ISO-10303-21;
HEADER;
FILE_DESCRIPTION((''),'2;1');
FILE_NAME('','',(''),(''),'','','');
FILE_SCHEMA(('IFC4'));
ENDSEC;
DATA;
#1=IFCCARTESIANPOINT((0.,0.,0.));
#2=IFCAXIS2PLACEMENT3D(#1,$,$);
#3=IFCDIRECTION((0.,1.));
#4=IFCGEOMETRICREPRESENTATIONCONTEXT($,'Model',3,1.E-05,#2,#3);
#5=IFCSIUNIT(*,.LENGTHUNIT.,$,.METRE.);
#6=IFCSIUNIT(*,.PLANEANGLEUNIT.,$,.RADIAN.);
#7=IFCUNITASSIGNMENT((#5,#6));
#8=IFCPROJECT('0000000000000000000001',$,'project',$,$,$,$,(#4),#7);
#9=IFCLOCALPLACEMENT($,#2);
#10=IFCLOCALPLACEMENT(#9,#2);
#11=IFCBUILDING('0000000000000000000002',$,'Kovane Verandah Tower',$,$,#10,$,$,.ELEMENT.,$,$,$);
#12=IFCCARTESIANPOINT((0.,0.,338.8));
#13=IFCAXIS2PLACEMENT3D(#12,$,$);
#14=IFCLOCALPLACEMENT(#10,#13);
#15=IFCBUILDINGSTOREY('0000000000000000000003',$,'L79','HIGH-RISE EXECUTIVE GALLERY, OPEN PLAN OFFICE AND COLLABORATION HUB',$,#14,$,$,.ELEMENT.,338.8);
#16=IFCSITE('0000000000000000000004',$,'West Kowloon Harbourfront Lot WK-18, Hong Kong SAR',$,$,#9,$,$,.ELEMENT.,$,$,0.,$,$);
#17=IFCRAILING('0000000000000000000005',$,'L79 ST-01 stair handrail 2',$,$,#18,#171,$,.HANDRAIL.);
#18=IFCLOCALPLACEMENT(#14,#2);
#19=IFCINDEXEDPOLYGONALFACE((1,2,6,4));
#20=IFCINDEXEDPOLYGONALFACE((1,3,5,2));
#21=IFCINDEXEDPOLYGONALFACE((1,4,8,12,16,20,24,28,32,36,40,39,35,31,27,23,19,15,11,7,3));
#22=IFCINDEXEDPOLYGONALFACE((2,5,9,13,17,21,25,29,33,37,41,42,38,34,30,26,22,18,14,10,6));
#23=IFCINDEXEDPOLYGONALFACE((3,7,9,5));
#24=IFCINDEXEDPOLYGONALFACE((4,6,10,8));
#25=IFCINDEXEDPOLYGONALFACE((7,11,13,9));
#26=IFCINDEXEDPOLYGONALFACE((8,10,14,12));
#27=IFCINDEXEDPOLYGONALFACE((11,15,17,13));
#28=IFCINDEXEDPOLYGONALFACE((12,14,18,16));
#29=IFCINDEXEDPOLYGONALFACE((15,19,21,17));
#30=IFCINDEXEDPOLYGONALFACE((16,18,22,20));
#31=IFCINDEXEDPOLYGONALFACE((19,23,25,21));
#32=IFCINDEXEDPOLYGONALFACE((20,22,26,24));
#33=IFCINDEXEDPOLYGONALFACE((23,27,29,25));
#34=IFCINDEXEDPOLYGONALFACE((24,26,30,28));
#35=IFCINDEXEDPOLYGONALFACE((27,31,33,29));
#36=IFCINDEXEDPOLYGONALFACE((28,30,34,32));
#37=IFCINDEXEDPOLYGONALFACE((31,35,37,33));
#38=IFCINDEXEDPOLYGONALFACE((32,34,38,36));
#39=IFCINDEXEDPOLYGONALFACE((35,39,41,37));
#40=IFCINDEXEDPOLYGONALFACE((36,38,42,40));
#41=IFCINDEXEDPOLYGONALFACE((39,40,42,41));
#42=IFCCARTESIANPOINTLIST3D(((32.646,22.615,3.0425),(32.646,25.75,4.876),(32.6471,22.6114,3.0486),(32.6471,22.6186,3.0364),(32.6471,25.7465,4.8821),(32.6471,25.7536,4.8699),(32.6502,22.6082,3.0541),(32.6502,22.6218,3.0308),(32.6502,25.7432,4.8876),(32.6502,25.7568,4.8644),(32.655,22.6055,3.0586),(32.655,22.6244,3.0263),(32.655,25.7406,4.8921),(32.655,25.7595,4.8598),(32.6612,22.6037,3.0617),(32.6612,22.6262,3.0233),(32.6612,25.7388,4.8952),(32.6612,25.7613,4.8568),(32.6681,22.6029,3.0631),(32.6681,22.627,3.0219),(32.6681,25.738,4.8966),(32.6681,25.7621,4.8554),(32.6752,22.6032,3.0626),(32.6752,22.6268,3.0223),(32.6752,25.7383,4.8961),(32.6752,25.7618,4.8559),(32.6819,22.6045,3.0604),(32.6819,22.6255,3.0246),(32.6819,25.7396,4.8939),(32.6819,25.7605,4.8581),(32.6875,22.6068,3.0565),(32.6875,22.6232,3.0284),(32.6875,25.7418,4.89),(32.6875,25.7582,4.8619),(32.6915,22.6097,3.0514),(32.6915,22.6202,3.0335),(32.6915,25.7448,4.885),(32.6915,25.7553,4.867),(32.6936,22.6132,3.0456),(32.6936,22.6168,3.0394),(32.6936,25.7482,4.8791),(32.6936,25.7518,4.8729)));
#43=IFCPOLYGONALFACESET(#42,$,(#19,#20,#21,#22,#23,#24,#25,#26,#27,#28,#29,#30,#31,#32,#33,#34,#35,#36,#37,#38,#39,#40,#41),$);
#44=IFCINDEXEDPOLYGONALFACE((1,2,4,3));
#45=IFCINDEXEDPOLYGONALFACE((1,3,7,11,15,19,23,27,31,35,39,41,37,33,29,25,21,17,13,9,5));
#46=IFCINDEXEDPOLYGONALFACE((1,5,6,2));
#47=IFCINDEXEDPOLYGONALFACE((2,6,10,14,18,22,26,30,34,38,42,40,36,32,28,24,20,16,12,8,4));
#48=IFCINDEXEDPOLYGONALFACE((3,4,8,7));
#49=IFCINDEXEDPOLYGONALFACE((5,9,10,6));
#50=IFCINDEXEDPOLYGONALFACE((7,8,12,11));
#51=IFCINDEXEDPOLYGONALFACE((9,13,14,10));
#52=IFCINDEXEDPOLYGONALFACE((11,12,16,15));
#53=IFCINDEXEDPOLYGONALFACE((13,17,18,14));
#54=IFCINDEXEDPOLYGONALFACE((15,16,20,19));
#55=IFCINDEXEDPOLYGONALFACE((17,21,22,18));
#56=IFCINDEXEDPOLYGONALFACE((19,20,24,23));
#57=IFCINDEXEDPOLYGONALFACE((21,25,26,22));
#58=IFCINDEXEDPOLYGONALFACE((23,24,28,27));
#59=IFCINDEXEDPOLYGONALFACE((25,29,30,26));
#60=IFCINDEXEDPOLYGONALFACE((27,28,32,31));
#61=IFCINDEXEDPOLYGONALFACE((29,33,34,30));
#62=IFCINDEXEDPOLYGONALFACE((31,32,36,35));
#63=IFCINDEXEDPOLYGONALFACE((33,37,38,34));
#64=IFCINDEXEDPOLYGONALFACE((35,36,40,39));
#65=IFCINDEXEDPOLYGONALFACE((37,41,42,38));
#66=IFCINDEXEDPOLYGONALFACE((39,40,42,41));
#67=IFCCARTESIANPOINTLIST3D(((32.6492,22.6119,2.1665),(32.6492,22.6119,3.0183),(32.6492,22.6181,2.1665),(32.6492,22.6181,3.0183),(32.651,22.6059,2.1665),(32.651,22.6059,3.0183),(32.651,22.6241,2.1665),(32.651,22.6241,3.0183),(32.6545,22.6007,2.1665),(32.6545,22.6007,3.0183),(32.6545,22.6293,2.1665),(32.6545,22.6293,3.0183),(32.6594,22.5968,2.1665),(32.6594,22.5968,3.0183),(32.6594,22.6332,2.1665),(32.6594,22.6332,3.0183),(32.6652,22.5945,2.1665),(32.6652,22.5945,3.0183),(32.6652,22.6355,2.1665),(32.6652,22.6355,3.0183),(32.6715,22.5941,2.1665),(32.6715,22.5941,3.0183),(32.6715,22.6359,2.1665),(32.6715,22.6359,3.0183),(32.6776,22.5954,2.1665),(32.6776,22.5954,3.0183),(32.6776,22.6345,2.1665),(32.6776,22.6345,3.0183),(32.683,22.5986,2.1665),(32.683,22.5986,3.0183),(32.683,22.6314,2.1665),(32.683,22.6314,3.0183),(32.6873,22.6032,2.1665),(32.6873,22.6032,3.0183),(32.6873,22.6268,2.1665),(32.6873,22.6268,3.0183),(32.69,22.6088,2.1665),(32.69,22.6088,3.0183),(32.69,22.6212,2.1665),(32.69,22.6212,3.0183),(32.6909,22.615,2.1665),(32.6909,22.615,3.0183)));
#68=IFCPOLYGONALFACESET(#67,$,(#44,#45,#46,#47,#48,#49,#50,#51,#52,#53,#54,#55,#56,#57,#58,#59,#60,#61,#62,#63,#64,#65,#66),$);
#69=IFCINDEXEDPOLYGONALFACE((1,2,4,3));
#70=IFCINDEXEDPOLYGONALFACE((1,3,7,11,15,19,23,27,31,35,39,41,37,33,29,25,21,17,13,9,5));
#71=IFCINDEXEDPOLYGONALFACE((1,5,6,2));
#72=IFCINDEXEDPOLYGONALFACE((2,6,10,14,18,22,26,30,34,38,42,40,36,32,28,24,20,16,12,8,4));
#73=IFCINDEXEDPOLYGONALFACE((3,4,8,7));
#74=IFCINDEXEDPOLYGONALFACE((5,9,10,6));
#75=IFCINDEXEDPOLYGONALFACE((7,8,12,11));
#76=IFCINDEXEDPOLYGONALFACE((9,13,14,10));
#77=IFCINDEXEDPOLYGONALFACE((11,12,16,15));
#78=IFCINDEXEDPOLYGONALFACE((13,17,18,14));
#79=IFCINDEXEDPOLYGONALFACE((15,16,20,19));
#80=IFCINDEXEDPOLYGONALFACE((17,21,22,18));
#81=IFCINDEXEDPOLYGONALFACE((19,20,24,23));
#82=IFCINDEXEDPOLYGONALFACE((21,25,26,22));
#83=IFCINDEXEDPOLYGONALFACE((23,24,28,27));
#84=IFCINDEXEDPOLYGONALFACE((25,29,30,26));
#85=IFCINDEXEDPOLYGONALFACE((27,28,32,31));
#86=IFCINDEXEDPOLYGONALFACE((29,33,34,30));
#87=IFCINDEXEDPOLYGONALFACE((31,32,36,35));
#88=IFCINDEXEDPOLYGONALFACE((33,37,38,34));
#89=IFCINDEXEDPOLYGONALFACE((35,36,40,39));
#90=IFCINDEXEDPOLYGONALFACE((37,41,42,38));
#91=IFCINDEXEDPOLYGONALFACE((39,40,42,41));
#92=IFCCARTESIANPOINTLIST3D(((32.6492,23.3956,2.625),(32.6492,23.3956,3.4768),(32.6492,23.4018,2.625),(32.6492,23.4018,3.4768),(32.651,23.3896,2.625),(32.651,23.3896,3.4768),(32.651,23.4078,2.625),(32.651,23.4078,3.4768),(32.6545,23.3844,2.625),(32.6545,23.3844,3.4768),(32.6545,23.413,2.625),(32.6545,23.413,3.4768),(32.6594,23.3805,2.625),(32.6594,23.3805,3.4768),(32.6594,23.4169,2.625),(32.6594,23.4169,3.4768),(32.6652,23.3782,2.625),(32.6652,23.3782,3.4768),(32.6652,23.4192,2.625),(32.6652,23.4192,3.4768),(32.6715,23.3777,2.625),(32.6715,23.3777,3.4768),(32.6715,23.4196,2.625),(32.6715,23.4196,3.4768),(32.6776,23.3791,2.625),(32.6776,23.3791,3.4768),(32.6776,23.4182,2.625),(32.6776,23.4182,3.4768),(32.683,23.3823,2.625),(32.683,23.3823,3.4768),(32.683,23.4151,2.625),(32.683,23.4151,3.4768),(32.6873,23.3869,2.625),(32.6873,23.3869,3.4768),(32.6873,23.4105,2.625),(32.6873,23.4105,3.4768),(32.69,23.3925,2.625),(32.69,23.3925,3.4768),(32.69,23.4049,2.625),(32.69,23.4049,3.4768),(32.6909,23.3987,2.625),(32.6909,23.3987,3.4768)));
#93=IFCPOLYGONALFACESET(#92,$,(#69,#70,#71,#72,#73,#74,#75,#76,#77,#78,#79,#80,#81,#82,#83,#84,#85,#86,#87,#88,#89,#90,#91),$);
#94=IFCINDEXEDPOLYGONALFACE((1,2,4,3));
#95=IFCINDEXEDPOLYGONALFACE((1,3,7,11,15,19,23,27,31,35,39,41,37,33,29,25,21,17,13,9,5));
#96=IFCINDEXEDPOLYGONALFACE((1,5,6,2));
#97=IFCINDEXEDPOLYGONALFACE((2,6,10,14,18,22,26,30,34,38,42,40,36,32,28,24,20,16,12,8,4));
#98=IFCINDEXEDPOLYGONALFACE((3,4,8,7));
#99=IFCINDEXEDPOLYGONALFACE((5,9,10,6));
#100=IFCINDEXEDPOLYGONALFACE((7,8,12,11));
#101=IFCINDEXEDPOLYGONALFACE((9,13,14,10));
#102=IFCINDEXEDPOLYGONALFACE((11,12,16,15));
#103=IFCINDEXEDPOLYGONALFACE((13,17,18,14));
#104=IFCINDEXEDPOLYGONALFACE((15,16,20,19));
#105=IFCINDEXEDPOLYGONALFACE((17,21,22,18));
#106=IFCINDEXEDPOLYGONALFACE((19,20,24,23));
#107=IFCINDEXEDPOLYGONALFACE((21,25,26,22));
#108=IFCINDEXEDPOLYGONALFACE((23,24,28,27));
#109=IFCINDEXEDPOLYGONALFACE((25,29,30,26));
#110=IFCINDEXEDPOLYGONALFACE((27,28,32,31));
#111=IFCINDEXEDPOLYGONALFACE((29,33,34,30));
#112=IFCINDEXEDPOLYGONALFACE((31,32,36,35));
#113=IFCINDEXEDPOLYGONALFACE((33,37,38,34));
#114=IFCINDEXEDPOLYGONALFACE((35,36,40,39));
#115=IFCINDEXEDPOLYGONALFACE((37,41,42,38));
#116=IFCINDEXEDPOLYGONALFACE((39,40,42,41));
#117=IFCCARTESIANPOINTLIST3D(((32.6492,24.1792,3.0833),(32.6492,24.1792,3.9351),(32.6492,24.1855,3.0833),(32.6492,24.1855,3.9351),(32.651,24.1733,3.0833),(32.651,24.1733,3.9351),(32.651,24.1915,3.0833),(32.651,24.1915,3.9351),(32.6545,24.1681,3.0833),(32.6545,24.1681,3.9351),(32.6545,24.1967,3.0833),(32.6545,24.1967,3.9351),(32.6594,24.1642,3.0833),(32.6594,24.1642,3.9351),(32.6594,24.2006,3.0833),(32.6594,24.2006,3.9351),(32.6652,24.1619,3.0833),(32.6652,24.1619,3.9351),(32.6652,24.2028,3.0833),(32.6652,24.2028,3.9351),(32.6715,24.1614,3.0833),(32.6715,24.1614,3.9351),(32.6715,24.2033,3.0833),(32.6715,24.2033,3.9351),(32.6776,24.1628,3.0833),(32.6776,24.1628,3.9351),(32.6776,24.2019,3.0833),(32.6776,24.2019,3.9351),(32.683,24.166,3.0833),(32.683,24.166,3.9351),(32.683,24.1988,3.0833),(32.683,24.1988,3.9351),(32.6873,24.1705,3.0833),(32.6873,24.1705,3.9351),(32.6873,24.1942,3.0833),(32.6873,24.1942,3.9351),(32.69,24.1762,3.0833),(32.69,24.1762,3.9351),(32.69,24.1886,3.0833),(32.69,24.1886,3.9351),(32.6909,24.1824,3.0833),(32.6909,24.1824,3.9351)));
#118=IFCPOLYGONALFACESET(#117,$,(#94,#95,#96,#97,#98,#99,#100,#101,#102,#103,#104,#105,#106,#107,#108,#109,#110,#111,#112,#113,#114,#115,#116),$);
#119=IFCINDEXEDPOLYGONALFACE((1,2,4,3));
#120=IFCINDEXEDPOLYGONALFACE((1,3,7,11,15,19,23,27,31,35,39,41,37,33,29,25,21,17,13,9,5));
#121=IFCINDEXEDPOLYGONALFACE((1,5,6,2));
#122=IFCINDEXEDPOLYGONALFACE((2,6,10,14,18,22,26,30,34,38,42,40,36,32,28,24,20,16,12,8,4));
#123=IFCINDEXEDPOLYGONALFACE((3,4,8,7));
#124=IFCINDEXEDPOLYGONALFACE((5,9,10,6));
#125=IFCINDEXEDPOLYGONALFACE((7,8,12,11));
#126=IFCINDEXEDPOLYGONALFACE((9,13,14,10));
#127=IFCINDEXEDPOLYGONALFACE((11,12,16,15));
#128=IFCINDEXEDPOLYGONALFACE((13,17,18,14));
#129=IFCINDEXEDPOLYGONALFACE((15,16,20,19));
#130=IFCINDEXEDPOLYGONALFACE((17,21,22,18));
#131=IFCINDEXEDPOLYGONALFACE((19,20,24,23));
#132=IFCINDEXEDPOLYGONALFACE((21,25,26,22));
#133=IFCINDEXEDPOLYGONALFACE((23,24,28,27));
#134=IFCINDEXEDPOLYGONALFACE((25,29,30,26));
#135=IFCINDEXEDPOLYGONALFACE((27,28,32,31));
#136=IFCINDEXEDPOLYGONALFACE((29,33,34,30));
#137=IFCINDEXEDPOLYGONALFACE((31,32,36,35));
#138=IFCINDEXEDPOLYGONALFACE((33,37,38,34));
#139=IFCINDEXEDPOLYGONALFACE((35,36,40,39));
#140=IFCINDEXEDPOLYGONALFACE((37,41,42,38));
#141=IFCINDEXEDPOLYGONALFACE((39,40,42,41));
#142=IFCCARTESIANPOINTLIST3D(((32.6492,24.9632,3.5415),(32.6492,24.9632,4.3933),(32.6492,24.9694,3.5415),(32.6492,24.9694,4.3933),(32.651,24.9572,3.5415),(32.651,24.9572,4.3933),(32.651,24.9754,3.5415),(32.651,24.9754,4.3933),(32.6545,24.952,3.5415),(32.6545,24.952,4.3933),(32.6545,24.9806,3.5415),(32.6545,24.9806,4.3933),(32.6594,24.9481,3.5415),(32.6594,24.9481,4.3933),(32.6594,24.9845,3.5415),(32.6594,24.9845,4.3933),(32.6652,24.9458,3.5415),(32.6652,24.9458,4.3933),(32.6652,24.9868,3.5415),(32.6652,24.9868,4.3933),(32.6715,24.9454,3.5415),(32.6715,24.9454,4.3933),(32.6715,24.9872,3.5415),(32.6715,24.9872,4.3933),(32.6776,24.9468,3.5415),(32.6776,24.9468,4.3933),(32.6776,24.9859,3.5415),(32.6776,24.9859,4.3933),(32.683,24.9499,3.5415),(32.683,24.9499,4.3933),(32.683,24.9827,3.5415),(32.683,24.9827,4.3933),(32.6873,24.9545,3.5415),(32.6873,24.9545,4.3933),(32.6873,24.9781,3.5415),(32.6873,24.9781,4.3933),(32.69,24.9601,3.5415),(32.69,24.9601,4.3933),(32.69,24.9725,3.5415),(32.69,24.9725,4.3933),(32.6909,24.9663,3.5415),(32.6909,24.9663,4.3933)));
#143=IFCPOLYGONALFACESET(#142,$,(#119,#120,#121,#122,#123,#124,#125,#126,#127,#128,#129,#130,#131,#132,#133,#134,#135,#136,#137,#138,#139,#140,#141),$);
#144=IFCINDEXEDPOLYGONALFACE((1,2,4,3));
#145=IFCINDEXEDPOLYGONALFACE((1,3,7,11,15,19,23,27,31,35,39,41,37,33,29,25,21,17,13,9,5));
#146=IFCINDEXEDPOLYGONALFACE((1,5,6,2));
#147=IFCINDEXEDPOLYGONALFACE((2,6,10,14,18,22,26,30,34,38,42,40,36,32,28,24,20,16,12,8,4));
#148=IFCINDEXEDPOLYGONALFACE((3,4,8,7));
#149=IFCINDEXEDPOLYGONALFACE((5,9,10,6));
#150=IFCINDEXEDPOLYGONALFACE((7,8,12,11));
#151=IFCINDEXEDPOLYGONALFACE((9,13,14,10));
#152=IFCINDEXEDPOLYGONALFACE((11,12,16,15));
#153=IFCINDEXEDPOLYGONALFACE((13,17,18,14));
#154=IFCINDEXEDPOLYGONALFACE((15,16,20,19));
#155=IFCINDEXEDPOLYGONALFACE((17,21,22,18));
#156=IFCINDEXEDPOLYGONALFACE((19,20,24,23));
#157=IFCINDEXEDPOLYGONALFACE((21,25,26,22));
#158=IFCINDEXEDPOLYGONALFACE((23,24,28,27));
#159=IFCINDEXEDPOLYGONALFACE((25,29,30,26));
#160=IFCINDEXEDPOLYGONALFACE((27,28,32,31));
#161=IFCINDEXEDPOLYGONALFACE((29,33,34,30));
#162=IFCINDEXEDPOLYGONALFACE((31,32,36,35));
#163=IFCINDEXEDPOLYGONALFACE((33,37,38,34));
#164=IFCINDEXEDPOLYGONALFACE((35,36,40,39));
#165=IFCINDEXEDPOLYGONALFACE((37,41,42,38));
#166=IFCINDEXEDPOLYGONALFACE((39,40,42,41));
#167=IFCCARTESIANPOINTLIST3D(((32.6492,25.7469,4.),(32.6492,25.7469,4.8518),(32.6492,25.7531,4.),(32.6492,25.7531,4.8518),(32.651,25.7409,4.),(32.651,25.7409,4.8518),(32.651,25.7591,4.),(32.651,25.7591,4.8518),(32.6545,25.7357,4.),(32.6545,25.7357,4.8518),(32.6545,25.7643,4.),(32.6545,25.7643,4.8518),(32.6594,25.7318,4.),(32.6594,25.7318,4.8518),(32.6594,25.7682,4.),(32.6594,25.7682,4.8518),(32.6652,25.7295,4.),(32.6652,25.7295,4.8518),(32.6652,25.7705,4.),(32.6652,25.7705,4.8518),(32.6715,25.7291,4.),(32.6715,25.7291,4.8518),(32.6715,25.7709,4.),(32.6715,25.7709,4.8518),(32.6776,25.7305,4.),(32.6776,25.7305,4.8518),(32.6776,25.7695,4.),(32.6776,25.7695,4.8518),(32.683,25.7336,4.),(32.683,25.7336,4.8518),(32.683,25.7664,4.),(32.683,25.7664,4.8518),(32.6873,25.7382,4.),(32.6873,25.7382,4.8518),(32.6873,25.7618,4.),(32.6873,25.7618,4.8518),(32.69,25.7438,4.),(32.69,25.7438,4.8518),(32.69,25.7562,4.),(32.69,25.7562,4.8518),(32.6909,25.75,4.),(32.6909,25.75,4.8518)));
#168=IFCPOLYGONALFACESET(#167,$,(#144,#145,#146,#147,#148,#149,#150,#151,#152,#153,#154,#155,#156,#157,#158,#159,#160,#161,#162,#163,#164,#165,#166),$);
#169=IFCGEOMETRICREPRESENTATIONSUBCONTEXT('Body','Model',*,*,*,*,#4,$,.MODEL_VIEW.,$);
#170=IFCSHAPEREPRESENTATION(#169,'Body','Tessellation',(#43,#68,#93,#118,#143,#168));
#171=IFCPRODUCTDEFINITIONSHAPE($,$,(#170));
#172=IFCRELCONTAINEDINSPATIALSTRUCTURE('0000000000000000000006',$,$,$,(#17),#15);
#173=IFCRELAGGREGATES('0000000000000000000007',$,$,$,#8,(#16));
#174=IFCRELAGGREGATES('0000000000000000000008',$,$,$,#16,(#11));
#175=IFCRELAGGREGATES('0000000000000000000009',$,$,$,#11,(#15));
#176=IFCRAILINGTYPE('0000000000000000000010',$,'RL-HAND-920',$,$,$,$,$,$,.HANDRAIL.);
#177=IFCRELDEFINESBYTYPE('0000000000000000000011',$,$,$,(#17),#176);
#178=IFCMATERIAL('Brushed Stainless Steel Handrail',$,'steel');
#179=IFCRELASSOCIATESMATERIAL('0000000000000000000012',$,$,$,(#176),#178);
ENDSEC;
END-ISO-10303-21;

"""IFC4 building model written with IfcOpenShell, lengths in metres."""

from ifc_helpers import new_model, si_unit, direction, frame, origin, origin_2d, place, context, subcontext, project, spatial, circle, extrude, material, type_object, element, save


model = new_model("IFC4")

# Units and contexts
model_context = context("Model", 3, precision=1e-05, world=origin(), true_north=direction((0.0, 1.0)))
body_context = subcontext(model_context, "Body", "Model", "MODEL_VIEW")
ifc_project = project(units=[si_unit("LENGTHUNIT", "METRE"), si_unit("PLANEANGLEUNIT", "RADIAN")], contexts=[model_context])

# Site, building, storey
site_placement = place(None, origin())
site = spatial("IfcSite", under=ifc_project, at=site_placement, Name="West Kowloon Harbourfront Lot WK-18, Hong Kong SAR", CompositionType="ELEMENT", RefElevation=0.0)
building_placement = place(site_placement, origin())
building = spatial("IfcBuilding", under=site, at=building_placement, Name="Kovane Verandah Tower", CompositionType="ELEMENT")
storey_placement = place(building_placement, frame((0.0, 0.0, 338.8)))
storey = spatial("IfcBuildingStorey", under=building, at=storey_placement, Name="L79", Description="HIGH-RISE EXECUTIVE GALLERY, OPEN PLAN OFFICE AND COLLABORATION HUB", CompositionType="ELEMENT", Elevation=338.8)

# Railing
ifc_material_1 = material(Name="Brushed Stainless Steel Handrail", Category="steel")
railing_type_1 = type_object("IfcRailingType", Name="RL-HAND-920", PredefinedType="HANDRAIL", material=ifc_material_1)
railing_1_placement = place(storey_placement, frame((32.6699, 22.615, 2.1665)))
element("IfcRailing", 1, at=railing_1_placement, inside=storey, type_object=railing_type_1, Name="L79 ST-01 stair handrail 2", PredefinedType="HANDRAIL", context=body_context, shape_type="SweptSolid", body=[
    extrude(circle(Radius=0.0239, at=origin_2d()), frame((0.0, 0.0, 0.876), z_axis=(0.0, 0.86321, 0.504845), x_axis=(-1.0, 0.0, 0.0)), (0.0, 0.0, 1.0), 3.6318),
    extrude(circle(Radius=0.021, at=origin_2d()), origin(), (0.0, 0.0, 1.0), 0.8518),
    extrude(circle(Radius=0.021, at=origin_2d()), frame((0.0, 0.7837, 0.4585)), (0.0, 0.0, 1.0), 0.8518),
    extrude(circle(Radius=0.021, at=origin_2d()), frame((0.0, 1.5674, 0.9167)), (0.0, 0.0, 1.0), 0.8518),
    extrude(circle(Radius=0.021, at=origin_2d()), frame((0.0, 2.3513, 1.375)), (0.0, 0.0, 1.0), 0.8518),
    extrude(circle(Radius=0.021, at=origin_2d()), frame((0.0, 3.135, 1.8335)), (0.0, 0.0, 1.0), 0.8518),
])

save(model, "model.ifc")
